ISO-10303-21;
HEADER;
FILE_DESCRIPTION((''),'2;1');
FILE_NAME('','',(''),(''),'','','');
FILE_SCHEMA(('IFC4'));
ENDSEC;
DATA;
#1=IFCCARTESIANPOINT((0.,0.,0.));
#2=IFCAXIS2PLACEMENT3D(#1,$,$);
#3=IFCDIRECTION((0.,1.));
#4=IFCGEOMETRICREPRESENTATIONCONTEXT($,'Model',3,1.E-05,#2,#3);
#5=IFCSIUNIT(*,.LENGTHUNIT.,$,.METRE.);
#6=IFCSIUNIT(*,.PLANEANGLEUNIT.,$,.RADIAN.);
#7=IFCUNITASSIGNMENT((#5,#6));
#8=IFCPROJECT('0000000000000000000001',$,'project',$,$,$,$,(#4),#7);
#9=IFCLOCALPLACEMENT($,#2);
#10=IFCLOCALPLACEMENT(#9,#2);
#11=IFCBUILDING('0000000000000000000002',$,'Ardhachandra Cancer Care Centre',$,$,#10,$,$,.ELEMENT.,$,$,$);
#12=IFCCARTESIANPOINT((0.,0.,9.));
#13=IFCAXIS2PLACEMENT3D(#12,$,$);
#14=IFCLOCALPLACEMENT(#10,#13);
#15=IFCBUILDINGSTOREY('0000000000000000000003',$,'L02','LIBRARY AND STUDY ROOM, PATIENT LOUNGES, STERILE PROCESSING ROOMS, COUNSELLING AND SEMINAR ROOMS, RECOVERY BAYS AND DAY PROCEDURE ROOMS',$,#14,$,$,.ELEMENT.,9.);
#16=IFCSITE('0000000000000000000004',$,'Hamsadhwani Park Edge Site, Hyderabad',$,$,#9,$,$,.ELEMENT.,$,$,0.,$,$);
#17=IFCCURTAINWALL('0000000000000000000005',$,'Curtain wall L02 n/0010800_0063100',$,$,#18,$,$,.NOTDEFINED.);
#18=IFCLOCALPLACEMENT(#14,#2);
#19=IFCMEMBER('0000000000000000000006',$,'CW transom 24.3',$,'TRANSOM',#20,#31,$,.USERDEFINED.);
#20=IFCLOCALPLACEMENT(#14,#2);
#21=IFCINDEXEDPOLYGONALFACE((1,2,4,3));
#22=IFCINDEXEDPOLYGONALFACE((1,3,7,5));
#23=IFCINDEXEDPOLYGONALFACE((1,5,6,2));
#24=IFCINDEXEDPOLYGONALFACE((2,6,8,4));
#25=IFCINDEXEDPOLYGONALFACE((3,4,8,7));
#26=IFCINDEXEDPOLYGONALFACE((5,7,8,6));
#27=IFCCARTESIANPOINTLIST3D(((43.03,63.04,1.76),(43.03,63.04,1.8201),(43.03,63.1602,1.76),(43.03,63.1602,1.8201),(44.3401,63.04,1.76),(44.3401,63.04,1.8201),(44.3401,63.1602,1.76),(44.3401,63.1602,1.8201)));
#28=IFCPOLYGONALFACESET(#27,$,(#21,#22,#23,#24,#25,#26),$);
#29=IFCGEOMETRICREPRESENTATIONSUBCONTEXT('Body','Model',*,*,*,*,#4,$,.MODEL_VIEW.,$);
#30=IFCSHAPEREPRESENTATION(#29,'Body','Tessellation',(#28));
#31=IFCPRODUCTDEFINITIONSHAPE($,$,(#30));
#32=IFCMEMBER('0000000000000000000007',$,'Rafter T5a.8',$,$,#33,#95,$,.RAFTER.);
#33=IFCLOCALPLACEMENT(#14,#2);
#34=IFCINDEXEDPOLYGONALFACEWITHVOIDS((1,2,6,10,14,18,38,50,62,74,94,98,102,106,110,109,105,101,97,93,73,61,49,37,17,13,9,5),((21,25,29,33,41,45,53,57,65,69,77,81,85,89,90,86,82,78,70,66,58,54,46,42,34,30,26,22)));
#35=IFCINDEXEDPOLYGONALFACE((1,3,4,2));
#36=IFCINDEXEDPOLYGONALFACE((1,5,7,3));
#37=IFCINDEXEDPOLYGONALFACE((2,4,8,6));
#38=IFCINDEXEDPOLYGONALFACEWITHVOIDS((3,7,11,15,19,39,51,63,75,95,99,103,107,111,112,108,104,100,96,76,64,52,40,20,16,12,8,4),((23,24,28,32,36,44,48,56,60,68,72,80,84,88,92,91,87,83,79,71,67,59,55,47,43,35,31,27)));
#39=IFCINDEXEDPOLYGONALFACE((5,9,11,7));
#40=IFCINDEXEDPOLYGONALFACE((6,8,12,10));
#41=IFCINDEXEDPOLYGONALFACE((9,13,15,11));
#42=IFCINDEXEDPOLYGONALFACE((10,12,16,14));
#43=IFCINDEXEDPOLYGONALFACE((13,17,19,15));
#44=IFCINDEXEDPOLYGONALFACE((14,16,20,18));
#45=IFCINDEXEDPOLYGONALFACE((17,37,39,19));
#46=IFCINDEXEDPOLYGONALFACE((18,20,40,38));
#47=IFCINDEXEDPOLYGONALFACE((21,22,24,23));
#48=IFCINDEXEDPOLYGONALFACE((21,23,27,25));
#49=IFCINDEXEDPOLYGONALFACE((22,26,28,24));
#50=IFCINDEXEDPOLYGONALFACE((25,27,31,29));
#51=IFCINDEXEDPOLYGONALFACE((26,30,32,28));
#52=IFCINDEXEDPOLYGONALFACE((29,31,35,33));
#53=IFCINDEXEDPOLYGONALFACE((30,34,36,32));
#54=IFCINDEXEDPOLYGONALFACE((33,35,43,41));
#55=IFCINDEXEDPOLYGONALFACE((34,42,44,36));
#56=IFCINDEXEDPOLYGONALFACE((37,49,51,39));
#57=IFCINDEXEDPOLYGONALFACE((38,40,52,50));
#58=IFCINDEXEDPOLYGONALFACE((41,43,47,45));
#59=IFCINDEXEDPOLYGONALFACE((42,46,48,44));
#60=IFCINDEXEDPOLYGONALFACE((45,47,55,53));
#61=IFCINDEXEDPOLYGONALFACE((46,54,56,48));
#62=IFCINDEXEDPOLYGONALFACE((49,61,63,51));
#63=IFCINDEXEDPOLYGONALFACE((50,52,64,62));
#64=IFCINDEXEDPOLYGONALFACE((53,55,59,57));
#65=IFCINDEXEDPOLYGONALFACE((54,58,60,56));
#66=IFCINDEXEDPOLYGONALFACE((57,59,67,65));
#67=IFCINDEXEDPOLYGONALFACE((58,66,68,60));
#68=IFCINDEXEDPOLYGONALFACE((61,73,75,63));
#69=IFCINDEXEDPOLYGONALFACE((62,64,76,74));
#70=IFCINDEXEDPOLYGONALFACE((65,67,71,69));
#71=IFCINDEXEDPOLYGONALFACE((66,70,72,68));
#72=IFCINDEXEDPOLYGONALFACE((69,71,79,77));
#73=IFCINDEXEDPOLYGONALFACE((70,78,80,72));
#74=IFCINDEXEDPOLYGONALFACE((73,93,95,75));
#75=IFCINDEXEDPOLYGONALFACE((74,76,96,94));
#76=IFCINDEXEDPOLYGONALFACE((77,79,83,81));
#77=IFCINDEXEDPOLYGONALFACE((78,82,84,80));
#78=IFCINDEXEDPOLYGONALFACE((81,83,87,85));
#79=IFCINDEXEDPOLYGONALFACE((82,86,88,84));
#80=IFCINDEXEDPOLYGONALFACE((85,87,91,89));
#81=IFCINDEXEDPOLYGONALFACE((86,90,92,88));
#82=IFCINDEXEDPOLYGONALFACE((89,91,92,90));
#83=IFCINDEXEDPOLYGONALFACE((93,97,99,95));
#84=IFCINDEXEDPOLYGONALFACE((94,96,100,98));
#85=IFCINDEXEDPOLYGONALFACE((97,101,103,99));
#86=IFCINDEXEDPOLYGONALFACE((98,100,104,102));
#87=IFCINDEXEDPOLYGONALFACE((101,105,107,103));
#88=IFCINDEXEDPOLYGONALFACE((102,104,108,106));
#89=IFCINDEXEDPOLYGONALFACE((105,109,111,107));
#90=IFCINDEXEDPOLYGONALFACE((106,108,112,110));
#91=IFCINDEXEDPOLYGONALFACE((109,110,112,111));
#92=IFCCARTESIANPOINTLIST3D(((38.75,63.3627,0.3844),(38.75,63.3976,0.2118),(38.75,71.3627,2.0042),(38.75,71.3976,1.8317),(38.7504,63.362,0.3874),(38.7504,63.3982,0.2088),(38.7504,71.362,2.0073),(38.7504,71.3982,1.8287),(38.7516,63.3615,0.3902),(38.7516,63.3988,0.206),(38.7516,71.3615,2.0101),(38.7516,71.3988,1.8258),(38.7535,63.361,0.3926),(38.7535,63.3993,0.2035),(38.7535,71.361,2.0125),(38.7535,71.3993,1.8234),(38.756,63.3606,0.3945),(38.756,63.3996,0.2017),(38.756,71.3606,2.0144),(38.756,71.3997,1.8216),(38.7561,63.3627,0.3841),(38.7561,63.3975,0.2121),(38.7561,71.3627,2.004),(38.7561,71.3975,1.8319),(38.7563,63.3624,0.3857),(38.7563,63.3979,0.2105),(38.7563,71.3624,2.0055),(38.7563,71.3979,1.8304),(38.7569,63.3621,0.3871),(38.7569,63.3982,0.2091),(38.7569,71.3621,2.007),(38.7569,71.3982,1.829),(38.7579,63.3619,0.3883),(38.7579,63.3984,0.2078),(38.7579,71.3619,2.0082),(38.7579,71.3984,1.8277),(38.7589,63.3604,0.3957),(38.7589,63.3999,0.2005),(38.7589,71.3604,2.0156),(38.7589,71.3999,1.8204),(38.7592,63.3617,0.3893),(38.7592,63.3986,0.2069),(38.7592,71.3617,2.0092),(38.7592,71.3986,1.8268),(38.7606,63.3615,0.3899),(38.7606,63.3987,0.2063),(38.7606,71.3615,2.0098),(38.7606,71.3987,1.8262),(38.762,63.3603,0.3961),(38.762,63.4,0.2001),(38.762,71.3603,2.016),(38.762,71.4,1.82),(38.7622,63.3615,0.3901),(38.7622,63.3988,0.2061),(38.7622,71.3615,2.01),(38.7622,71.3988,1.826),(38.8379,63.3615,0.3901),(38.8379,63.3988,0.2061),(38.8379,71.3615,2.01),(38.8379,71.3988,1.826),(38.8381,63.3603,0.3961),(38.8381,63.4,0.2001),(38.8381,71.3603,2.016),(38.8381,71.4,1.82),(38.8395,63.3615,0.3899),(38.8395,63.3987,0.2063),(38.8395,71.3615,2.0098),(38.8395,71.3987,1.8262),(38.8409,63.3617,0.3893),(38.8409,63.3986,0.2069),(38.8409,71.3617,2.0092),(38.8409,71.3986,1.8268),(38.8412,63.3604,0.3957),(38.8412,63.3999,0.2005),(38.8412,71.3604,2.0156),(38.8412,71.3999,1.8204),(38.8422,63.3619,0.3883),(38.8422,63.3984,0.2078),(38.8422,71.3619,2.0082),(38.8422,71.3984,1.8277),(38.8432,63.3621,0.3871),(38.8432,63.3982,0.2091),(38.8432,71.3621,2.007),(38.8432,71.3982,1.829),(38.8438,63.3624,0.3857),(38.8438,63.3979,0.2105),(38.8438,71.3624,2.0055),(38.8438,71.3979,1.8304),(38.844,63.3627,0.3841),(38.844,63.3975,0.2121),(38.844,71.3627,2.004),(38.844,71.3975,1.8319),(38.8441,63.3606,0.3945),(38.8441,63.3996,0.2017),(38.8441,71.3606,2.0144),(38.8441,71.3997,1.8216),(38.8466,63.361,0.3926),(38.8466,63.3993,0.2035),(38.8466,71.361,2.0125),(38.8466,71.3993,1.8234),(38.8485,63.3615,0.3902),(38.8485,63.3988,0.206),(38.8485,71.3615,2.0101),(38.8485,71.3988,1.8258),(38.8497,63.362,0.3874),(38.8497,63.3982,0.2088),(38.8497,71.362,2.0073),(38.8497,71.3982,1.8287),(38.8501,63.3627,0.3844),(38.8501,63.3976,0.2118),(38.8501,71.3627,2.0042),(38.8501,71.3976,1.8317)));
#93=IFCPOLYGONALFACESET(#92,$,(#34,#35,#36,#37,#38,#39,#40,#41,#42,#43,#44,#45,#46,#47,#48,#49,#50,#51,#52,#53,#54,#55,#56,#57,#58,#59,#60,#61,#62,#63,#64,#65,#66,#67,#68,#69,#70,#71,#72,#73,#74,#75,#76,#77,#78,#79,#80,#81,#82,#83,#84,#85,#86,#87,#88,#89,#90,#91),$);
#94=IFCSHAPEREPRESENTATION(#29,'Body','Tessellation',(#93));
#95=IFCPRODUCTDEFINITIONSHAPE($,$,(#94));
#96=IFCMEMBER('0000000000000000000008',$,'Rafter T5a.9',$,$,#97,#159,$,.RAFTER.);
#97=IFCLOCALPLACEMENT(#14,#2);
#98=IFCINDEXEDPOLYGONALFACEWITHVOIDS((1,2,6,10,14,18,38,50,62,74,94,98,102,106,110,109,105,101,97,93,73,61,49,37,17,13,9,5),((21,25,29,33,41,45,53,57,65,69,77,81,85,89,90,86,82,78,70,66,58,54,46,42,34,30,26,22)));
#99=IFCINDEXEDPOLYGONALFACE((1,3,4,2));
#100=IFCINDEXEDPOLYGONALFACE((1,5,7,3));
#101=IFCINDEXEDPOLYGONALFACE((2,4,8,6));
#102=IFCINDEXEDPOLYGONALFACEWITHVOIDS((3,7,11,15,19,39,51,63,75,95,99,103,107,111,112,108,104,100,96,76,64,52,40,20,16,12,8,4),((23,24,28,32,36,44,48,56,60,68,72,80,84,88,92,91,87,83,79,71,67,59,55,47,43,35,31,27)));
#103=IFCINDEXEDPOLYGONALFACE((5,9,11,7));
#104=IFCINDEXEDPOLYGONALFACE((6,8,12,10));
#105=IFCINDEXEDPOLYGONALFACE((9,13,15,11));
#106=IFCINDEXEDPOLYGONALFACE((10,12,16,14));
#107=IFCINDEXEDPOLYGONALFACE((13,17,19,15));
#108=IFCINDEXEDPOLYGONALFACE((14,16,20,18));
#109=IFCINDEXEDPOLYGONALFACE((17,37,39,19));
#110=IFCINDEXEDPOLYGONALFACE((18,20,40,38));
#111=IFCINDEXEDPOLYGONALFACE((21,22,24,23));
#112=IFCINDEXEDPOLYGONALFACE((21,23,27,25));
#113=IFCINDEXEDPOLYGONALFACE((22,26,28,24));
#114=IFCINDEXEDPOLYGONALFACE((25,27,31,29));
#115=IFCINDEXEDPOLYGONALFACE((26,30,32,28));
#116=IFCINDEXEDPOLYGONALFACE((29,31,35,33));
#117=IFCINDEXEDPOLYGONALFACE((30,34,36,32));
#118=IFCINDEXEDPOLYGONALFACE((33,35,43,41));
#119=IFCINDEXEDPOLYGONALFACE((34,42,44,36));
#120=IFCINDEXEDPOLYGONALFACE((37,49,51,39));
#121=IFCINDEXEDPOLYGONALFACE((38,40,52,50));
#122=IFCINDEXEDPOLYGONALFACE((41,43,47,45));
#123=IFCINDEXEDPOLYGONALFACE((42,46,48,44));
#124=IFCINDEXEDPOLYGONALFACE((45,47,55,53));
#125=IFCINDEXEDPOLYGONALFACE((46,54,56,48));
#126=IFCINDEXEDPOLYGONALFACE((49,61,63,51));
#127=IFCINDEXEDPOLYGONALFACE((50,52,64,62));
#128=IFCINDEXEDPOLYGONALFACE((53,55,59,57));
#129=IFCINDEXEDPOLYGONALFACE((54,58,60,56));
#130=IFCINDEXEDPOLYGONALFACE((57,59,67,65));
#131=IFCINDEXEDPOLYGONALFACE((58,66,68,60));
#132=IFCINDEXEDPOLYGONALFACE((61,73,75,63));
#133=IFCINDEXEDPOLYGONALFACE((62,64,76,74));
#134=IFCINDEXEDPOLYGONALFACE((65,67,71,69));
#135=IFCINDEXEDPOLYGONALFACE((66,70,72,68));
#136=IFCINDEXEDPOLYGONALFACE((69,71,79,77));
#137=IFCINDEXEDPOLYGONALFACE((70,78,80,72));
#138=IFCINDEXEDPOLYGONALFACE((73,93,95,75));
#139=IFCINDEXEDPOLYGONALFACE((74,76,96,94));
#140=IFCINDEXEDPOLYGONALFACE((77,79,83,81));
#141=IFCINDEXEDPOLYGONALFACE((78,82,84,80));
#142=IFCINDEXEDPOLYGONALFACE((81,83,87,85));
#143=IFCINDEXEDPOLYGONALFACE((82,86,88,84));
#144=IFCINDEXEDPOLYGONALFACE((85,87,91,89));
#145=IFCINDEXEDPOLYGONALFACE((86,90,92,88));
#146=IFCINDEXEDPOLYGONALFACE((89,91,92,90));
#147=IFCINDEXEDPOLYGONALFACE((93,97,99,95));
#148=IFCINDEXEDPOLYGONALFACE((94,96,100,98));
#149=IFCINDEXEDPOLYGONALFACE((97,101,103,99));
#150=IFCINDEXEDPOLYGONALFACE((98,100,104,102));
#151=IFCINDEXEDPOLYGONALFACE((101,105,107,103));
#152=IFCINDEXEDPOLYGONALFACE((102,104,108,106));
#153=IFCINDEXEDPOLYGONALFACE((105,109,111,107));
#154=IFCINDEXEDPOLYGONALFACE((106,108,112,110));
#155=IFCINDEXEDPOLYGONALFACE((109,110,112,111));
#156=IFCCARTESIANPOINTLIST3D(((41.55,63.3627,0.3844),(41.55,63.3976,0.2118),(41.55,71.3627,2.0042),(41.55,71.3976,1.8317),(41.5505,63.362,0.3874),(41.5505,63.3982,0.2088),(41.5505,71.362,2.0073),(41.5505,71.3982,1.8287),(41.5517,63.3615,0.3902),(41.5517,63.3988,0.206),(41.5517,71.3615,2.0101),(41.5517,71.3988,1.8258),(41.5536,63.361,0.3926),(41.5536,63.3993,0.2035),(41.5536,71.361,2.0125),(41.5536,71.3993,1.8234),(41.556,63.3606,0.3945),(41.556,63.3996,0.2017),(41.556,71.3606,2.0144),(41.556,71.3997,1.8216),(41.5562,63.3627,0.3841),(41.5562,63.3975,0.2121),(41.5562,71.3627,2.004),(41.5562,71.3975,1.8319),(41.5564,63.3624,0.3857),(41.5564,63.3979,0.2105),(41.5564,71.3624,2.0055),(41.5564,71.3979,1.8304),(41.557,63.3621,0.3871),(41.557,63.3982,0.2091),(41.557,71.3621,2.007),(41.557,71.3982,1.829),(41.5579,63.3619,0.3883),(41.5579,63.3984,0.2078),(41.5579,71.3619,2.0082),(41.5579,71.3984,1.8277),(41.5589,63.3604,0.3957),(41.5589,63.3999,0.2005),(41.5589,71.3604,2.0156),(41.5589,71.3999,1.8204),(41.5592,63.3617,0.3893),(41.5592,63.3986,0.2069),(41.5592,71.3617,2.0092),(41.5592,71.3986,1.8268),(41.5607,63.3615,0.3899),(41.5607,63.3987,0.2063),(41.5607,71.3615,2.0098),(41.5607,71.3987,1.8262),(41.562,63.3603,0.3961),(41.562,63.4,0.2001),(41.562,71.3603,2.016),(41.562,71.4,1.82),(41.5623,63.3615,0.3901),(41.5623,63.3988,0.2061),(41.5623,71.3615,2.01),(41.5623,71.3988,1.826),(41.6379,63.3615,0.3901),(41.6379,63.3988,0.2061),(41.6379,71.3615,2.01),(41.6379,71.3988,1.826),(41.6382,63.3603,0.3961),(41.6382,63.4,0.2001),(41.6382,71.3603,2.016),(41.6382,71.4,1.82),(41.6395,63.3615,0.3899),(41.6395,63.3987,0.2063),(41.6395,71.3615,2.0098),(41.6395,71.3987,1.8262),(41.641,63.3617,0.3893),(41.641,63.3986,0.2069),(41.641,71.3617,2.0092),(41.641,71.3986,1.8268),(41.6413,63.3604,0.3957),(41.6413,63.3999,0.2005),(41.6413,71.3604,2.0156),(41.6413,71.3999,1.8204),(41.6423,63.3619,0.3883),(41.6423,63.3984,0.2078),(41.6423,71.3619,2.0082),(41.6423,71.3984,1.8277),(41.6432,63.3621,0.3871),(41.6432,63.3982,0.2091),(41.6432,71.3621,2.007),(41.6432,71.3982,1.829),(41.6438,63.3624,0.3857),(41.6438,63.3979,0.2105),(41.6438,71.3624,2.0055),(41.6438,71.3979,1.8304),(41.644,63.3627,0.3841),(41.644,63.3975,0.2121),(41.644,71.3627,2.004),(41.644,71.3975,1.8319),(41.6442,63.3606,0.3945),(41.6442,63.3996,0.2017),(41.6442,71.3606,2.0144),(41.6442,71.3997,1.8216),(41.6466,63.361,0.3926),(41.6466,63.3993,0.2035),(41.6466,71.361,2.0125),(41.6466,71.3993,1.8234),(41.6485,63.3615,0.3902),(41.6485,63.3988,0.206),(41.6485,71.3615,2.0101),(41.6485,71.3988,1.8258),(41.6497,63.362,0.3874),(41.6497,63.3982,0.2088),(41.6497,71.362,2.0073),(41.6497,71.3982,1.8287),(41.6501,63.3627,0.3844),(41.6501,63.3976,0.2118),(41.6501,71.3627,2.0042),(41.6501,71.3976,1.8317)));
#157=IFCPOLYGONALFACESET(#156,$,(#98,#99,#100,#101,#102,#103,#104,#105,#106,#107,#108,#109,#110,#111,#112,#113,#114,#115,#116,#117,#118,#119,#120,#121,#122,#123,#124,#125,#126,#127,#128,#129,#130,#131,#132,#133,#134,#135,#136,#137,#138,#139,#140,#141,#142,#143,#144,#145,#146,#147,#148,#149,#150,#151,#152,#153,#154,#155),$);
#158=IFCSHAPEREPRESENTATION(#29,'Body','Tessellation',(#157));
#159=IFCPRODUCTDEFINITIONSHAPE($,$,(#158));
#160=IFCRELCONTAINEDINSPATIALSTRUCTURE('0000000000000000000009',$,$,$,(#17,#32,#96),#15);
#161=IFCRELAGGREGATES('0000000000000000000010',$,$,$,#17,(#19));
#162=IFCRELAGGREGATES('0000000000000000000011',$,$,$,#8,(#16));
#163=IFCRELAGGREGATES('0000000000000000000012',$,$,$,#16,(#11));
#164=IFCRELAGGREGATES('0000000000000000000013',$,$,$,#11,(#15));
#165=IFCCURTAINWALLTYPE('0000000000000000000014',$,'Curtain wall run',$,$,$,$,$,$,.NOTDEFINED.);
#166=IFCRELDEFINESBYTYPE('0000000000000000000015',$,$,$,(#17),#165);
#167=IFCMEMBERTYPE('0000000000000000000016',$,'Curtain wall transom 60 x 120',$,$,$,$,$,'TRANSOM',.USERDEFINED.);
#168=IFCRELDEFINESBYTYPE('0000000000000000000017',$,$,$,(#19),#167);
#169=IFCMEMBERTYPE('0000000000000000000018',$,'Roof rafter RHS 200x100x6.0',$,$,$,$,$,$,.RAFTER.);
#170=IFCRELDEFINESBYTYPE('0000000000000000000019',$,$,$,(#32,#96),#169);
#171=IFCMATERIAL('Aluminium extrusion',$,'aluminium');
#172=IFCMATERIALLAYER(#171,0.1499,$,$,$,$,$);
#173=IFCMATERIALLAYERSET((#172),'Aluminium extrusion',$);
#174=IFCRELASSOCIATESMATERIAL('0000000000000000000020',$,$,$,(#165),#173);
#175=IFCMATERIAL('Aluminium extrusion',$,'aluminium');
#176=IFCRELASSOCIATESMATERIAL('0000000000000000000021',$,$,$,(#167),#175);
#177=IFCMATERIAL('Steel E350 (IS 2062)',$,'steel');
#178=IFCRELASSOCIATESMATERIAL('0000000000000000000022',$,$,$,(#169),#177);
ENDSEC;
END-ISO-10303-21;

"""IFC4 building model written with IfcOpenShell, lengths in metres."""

from ifc_helpers import new_model, si_unit, direction, frame, origin, origin_2d, place, context, subcontext, project, spatial, rectangle, hollow_rectangle, extrude, material, layer, layer_set, material_profile, profile_set, type_object, element, aggregate, save


model = new_model("IFC4")

# Units and contexts
model_context = context("Model", 3, precision=1e-05, world=origin(), true_north=direction((0.0, 1.0)))
body_context = subcontext(model_context, "Body", "Model", "MODEL_VIEW")
ifc_project = project(units=[si_unit("LENGTHUNIT", "METRE"), si_unit("PLANEANGLEUNIT", "RADIAN")], contexts=[model_context])

# Site, building, storey
site_placement = place(None, origin())
site = spatial("IfcSite", under=ifc_project, at=site_placement, Name="Hamsadhwani Park Edge Site, Hyderabad", CompositionType="ELEMENT", RefElevation=0.0)
building_placement = place(site_placement, origin())
building = spatial("IfcBuilding", under=site, at=building_placement, Name="Ardhachandra Cancer Care Centre", CompositionType="ELEMENT")
storey_placement = place(building_placement, frame((0.0, 0.0, 9.0)))
storey = spatial("IfcBuildingStorey", under=building, at=storey_placement, Name="L02", Description="LIBRARY AND STUDY ROOM, PATIENT LOUNGES, STERILE PROCESSING ROOMS, COUNSELLING AND SEMINAR ROOMS, RECOVERY BAYS AND DAY PROCEDURE ROOMS", CompositionType="ELEMENT", Elevation=9.0)

# Curtain wall, member
ifc_material_1 = material(Name="Aluminium extrusion", Category="aluminium")
ifc_layer_1 = layer(ifc_material_1, 0.1499)
ifc_layer_set_1 = layer_set([ifc_layer_1], Name="Aluminium extrusion")
curtain_wall_type = type_object("IfcCurtainWallType", Name="Curtain wall run", PredefinedType="NOTDEFINED", material=ifc_layer_set_1)
curtain_wall_1_placement = place(storey_placement, origin())
curtain_wall_1 = element("IfcCurtainWall", 1, at=curtain_wall_1_placement, inside=storey, type_object=curtain_wall_type, Name="Curtain wall L02 n/0010800_0063100", PredefinedType="NOTDEFINED")
ifc_material_2 = material(Name="Aluminium extrusion", Category="aluminium")
ifc_material_profile_1 = material_profile(ifc_material_2, rectangle(XDim=0.1201, YDim=0.0601, at=origin_2d()), Name="Curtain wall transom 60 x 120")
ifc_profile_set_1 = profile_set([ifc_material_profile_1], Name="Aluminium extrusion")
member_type_1 = type_object("IfcMemberType", Name="Curtain wall transom 60 x 120", ElementType="TRANSOM", PredefinedType="USERDEFINED", material=ifc_profile_set_1)
member_1_placement = place(storey_placement, frame((43.03, 63.1001, 1.79), z_axis=(1.0, 0.0, 0.0), x_axis=(0.0, 1.0, 0.0)))
member_1 = element("IfcMember", 2, at=member_1_placement, type_object=member_type_1, Name="CW transom 24.3", ObjectType="TRANSOM", PredefinedType="USERDEFINED", context=body_context, shape_type="SweptSolid", body=[
    extrude(rectangle(XDim=0.1201, YDim=0.0601, at=origin_2d()), origin(), (0.0, 0.0, 1.0), 1.3101),
])

# Members
ifc_material_3 = material(Name="Steel E350 (IS 2062)", Category="steel")
ifc_material_profile_2 = material_profile(ifc_material_3, hollow_rectangle(XDim=0.1001, YDim=0.2, WallThickness=0.0061, InnerFilletRadius=0.0061, OuterFilletRadius=0.012, at=origin_2d()), Name="RHS 200x100x6.0")
ifc_profile_set_2 = profile_set([ifc_material_profile_2], Name="Steel E350 (IS 2062)")
member_type_2 = type_object("IfcMemberType", Name="Roof rafter RHS 200x100x6.0", PredefinedType="RAFTER", material=ifc_profile_set_2)
for number, where, z_axis, x_axis, name in (
    (3, (38.8, 63.3801, 0.2981), (0.0, 0.98011, 0.198457), (-1.0, 0.0, 0.0), "Rafter T5a.8"),
    (4, (41.6001, 63.3801, 0.2981), (0.0, 0.98011, 0.198457), (-1.0, 0.0, 0.0), "Rafter T5a.9"),
):
    element("IfcMember", number, at=place(storey_placement, frame(where, z_axis=z_axis, x_axis=x_axis)), inside=storey, type_object=member_type_2, Name=name, PredefinedType="RAFTER", context=body_context, shape_type="SweptSolid", body=[
        extrude(hollow_rectangle(XDim=0.1001, YDim=0.2, WallThickness=0.0061, InnerFilletRadius=0.0061, OuterFilletRadius=0.012, at=origin_2d()), origin(), (0.0, 0.0, 1.0), 8.1624),
    ])

aggregate(curtain_wall_1, [member_1])

save(model, "model.ifc")
